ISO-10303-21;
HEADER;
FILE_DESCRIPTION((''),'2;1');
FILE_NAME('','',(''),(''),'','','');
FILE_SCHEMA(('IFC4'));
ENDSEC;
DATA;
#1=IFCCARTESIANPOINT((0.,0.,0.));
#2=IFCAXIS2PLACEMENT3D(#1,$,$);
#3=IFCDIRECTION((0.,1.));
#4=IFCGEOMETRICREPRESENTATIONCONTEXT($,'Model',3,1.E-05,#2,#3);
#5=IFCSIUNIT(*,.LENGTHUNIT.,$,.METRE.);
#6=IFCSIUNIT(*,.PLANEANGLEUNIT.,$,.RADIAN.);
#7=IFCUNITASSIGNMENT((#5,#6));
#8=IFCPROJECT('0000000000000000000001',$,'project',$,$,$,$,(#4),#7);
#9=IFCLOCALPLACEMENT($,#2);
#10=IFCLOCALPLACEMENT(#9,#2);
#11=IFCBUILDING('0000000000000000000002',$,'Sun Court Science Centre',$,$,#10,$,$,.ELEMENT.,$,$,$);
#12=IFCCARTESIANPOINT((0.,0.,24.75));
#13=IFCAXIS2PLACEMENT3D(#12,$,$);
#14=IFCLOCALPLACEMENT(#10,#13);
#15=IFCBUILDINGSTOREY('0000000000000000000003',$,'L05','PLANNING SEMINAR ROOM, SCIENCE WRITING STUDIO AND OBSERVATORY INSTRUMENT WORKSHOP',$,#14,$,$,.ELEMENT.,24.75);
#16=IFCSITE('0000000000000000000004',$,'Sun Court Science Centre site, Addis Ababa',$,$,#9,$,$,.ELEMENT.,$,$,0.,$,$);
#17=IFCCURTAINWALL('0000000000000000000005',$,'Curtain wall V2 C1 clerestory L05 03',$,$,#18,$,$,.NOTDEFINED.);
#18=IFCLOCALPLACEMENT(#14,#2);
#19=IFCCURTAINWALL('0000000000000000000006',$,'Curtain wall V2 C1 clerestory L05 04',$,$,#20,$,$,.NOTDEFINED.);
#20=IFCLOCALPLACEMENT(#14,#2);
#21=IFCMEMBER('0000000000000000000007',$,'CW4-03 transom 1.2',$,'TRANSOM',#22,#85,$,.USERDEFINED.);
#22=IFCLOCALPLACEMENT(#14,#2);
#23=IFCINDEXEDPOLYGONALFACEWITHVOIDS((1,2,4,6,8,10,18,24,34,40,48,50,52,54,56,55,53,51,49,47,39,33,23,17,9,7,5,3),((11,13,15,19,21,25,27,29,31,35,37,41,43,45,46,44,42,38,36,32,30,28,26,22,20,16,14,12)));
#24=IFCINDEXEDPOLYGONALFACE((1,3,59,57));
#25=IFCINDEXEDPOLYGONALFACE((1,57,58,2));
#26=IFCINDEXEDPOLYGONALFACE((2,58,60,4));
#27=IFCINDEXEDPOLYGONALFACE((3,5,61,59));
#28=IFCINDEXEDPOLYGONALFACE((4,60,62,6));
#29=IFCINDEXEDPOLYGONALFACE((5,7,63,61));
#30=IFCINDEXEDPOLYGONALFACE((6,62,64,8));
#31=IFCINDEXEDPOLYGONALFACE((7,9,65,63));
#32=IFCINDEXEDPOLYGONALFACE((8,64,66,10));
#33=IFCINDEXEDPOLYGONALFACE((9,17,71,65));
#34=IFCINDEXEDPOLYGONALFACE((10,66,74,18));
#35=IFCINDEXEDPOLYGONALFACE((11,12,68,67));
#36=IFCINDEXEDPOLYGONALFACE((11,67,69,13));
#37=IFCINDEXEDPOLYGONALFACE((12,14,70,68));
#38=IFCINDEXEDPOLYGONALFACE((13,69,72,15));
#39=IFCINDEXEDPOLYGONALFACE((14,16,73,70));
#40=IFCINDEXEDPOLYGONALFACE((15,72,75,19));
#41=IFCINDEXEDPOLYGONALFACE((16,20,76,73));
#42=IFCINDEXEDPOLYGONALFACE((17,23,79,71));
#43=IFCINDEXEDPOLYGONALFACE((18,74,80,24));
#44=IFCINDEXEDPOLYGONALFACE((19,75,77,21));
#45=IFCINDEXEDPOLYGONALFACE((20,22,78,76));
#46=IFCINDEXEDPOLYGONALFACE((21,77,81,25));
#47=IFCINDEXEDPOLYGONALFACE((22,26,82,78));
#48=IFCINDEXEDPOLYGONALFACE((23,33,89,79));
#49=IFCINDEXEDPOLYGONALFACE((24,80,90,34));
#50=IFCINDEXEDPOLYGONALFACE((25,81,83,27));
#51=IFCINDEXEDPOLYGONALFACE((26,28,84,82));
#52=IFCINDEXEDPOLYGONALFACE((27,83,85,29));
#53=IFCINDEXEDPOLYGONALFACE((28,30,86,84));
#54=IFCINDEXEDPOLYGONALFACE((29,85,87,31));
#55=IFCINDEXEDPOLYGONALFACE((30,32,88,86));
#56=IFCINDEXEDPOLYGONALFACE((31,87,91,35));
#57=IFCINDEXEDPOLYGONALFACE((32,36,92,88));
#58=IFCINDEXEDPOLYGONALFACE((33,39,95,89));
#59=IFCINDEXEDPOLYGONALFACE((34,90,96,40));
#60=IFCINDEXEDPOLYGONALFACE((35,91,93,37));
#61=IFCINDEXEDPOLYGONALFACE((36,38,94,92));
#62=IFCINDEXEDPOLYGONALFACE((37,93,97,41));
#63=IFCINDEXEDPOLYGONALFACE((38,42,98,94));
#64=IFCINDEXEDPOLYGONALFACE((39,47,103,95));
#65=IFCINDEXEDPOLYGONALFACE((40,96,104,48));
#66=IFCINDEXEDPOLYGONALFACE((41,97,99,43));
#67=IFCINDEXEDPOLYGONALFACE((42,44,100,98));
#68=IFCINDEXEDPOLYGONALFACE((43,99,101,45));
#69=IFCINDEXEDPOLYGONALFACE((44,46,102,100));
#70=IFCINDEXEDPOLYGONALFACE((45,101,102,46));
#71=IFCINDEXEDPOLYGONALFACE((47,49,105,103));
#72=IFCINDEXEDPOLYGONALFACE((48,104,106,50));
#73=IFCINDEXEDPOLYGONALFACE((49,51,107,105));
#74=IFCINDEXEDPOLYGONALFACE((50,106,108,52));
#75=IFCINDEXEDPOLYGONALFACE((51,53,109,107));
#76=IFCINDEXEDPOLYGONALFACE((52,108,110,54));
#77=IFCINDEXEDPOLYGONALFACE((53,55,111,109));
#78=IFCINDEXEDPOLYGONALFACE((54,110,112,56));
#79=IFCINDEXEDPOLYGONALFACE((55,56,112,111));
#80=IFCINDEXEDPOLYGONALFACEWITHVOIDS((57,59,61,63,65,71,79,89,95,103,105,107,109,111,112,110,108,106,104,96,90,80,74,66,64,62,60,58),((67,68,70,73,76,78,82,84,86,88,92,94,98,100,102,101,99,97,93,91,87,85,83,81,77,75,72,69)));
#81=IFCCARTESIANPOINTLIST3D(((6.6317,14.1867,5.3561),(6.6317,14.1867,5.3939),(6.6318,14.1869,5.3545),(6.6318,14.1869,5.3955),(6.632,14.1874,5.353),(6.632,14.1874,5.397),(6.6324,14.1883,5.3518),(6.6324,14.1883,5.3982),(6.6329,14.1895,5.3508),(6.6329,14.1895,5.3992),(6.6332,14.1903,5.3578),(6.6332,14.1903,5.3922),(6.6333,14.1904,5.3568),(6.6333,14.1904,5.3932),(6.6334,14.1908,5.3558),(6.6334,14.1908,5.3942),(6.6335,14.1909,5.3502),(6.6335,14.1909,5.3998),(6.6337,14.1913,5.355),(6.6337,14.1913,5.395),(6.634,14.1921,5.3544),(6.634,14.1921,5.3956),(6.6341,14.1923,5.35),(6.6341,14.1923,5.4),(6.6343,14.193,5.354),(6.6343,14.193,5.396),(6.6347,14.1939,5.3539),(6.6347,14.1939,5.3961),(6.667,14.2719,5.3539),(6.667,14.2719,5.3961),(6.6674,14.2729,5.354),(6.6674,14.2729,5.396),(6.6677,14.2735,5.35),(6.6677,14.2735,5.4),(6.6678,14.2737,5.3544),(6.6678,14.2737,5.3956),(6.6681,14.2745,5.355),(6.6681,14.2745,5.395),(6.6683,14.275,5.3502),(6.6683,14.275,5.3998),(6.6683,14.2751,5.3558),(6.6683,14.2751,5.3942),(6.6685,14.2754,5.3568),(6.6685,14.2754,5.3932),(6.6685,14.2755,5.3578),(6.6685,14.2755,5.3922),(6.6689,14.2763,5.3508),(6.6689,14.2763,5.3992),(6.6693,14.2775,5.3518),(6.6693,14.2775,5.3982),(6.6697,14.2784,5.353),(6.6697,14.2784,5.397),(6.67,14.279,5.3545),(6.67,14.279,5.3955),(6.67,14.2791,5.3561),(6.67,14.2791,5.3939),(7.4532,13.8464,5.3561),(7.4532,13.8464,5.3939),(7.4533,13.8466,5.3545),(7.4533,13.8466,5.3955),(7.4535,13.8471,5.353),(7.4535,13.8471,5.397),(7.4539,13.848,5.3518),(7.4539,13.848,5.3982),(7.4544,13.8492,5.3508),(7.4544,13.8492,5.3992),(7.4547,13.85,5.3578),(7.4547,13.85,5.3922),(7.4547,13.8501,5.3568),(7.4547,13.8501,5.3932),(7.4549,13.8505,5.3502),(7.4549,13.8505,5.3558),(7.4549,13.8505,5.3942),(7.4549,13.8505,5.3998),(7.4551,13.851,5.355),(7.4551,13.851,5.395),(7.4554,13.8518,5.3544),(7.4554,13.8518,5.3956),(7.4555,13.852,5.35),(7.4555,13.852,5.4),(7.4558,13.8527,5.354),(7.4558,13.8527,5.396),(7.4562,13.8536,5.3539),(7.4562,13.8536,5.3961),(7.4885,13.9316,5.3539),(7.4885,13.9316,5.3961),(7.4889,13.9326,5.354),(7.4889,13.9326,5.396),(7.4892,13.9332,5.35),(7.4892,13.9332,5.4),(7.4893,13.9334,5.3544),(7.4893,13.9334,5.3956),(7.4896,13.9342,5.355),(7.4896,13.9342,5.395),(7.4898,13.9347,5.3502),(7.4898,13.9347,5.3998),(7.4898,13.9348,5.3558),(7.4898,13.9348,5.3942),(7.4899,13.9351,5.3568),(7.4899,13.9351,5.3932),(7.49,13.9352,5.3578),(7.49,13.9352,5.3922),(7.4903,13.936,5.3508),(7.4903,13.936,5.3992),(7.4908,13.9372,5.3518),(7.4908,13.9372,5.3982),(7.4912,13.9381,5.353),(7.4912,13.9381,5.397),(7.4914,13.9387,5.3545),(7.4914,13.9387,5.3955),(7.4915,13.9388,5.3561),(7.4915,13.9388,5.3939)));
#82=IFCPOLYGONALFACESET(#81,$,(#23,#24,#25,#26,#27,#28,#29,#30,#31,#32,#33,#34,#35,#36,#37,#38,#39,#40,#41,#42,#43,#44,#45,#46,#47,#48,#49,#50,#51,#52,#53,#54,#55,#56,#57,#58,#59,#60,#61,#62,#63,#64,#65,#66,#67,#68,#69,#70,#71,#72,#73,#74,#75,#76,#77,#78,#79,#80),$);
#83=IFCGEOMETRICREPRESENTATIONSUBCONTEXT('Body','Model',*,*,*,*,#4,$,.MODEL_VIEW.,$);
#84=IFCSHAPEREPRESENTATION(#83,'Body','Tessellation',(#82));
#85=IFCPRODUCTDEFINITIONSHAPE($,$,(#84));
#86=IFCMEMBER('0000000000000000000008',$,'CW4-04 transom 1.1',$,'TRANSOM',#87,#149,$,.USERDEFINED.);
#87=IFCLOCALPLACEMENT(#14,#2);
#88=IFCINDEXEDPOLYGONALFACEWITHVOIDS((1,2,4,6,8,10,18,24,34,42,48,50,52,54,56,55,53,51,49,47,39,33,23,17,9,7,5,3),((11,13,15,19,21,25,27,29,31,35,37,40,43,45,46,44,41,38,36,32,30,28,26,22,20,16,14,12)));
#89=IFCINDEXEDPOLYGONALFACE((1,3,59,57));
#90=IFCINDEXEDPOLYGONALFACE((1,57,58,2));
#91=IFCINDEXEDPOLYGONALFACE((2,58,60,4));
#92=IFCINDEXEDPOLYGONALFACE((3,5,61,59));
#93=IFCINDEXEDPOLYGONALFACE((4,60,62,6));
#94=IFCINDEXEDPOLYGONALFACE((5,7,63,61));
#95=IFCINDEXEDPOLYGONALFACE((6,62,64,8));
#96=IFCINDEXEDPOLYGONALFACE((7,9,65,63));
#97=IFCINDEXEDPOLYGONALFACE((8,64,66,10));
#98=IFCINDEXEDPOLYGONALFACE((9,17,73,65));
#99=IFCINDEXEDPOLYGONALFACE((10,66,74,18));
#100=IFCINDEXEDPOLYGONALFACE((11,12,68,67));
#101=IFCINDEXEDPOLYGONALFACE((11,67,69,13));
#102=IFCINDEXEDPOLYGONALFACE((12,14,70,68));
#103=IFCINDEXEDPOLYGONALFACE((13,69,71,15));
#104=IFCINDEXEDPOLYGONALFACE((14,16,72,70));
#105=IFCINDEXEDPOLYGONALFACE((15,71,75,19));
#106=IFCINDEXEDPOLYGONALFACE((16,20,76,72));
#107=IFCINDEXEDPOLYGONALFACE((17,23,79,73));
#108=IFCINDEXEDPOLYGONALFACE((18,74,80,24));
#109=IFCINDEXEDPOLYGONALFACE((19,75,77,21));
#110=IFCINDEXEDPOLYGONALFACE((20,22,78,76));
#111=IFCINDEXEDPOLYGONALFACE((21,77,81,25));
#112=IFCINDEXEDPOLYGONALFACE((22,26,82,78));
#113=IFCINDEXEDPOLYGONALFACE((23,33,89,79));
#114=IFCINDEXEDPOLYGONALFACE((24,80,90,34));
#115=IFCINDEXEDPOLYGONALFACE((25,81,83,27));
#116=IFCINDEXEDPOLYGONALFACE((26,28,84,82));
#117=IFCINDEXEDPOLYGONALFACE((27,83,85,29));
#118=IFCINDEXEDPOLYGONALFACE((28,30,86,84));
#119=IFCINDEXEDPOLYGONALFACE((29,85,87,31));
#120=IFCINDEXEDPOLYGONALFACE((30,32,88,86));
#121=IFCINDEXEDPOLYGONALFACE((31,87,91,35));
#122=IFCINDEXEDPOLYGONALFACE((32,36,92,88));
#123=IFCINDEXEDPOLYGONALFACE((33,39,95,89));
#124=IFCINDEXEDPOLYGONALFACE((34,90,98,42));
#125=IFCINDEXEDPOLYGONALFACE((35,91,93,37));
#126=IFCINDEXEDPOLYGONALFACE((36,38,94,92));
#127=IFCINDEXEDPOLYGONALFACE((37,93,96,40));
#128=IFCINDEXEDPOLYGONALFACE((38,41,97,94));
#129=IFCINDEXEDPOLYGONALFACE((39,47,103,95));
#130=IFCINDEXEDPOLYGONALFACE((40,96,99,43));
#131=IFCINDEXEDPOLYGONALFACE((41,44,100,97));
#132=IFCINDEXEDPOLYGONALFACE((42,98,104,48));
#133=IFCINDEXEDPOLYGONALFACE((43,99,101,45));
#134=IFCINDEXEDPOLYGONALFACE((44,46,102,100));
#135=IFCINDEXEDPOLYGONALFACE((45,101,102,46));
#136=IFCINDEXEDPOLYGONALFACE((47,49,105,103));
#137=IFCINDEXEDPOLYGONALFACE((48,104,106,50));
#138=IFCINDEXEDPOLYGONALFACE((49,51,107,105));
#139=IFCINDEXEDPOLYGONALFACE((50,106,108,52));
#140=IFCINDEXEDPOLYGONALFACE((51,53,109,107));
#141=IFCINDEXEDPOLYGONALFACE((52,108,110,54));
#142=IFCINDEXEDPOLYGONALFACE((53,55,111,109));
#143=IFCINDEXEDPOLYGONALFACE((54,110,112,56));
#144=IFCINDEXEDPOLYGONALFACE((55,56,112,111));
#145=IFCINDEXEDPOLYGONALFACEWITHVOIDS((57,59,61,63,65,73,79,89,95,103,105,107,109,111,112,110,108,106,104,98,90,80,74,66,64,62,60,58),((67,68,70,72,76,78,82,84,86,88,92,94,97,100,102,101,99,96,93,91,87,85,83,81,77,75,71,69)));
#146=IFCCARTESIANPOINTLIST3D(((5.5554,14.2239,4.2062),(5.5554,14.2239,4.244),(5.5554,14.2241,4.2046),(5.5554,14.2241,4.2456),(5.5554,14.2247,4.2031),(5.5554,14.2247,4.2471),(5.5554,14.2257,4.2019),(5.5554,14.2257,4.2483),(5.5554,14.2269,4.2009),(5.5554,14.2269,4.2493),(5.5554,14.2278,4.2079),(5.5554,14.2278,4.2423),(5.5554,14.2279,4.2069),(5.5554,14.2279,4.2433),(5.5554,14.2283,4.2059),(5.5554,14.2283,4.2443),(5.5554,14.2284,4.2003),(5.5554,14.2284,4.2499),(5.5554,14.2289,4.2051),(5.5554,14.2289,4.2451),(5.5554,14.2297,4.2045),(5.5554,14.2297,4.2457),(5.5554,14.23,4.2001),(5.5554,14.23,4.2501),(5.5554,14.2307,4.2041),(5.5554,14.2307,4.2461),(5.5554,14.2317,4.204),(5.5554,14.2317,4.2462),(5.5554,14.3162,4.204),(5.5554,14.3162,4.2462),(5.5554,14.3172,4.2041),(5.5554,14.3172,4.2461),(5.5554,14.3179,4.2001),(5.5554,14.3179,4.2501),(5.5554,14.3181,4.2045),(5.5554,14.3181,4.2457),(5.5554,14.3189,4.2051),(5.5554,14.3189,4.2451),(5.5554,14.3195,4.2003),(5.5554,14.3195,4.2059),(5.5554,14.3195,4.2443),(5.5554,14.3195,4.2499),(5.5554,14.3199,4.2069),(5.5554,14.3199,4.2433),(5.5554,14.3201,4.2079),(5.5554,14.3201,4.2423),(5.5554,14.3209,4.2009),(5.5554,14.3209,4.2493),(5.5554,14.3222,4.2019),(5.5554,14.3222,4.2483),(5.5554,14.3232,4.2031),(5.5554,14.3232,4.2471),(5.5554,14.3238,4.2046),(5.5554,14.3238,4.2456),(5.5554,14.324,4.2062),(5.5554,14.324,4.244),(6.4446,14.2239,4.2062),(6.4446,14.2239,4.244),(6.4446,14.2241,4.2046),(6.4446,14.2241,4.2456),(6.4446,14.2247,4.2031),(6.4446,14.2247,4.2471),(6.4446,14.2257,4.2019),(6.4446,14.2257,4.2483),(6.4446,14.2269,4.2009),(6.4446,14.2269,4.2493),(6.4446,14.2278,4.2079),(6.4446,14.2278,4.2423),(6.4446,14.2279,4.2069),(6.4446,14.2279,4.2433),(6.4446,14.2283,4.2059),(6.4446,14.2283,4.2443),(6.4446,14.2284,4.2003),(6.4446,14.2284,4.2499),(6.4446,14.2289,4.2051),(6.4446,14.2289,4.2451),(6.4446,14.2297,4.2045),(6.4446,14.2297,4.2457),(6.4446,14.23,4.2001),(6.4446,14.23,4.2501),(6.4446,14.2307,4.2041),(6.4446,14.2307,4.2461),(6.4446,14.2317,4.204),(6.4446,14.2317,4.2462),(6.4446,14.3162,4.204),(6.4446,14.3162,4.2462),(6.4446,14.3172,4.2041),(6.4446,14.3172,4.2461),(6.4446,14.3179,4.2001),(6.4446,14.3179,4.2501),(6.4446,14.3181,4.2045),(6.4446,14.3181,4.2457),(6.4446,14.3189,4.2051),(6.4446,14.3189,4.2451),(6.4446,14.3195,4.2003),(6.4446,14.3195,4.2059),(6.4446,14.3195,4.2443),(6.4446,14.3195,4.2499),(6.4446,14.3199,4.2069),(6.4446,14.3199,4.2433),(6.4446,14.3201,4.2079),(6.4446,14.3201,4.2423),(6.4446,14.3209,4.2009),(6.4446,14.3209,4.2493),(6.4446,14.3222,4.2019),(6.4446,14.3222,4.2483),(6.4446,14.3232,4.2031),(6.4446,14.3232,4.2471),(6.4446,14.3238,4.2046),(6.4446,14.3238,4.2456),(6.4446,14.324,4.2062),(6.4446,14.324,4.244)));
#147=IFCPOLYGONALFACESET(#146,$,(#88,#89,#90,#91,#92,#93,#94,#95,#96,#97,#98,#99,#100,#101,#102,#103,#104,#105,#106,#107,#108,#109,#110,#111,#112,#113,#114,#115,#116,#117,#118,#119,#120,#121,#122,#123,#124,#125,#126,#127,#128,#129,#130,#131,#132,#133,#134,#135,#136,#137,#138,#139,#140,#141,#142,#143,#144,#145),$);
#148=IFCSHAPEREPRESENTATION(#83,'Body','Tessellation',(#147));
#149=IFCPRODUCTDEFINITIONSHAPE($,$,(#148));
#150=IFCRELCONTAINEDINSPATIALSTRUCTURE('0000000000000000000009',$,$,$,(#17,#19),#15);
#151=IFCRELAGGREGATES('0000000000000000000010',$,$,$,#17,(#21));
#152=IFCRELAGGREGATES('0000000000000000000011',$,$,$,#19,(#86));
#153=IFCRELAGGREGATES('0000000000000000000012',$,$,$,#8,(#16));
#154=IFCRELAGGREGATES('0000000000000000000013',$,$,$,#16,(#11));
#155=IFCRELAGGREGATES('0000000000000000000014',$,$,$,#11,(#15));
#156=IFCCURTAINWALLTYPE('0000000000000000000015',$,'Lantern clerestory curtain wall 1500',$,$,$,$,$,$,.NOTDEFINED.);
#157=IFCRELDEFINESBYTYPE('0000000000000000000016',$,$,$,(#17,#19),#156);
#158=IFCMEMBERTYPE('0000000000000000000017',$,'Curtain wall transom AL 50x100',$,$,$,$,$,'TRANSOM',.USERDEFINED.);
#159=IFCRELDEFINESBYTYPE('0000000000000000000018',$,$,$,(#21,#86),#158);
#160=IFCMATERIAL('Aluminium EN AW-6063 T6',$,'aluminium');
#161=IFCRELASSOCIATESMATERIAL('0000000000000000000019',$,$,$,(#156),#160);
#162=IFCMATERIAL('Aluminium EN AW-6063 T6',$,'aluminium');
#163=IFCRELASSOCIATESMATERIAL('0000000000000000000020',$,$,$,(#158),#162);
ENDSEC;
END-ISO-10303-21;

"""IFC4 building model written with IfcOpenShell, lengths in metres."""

from ifc_helpers import new_model, si_unit, direction, frame, origin, origin_2d, place, context, subcontext, project, spatial, hollow_rectangle, extrude, material, material_profile, profile_set, type_object, element, aggregate, save


model = new_model("IFC4")

# Units and contexts
model_context = context("Model", 3, precision=1e-05, world=origin(), true_north=direction((0.0, 1.0)))
body_context = subcontext(model_context, "Body", "Model", "MODEL_VIEW")
ifc_project = project(units=[si_unit("LENGTHUNIT", "METRE"), si_unit("PLANEANGLEUNIT", "RADIAN")], contexts=[model_context])

# Site, building, storey
site_placement = place(None, origin())
site = spatial("IfcSite", under=ifc_project, at=site_placement, Name="Sun Court Science Centre site, Addis Ababa", CompositionType="ELEMENT", RefElevation=0.0)
building_placement = place(site_placement, origin())
building = spatial("IfcBuilding", under=site, at=building_placement, Name="Sun Court Science Centre", CompositionType="ELEMENT")
storey_placement = place(building_placement, frame((0.0, 0.0, 24.75)))
storey = spatial("IfcBuildingStorey", under=building, at=storey_placement, Name="L05", Description="PLANNING SEMINAR ROOM, SCIENCE WRITING STUDIO AND OBSERVATORY INSTRUMENT WORKSHOP", CompositionType="ELEMENT", Elevation=24.75)

# Shared definitions
ifc_material_1 = material(Name="Aluminium EN AW-6063 T6", Category="aluminium")
curtain_wall_type = type_object("IfcCurtainWallType", Name="Lantern clerestory curtain wall 1500", PredefinedType="NOTDEFINED", material=ifc_material_1)

# Curtain walls
curtain_wall_1_placement = place(storey_placement, origin())
curtain_wall_1 = element("IfcCurtainWall", 1, at=curtain_wall_1_placement, inside=storey, type_object=curtain_wall_type, Name="Curtain wall V2 C1 clerestory L05 03", PredefinedType="NOTDEFINED")
curtain_wall_2_placement = place(storey_placement, origin())
curtain_wall_2 = element("IfcCurtainWall", 2, at=curtain_wall_2_placement, inside=storey, type_object=curtain_wall_type, Name="Curtain wall V2 C1 clerestory L05 04", PredefinedType="NOTDEFINED")

# Members
ifc_material_2 = material(Name="Aluminium EN AW-6063 T6", Category="aluminium")
ifc_material_profile_1 = material_profile(ifc_material_2, hollow_rectangle(XDim=0.05, YDim=0.1001, WallThickness=0.0039, InnerFilletRadius=0.0039, OuterFilletRadius=0.0061, at=origin_2d()), Name="AL 50x100x4")
ifc_profile_set_1 = profile_set([ifc_material_profile_1], Name="Aluminium EN AW-6063 T6")
member_type_1 = type_object("IfcMemberType", Name="Curtain wall transom AL 50x100", ElementType="TRANSOM", PredefinedType="USERDEFINED", material=ifc_profile_set_1)
member_1_placement = place(storey_placement, frame((6.6509, 14.2329, 5.375), z_axis=(0.923863, -0.382724, 0.0), x_axis=(0.0, 0.0, 1.0)))
member_1 = element("IfcMember", 3, at=member_1_placement, type_object=member_type_1, Name="CW4-03 transom 1.2", ObjectType="TRANSOM", PredefinedType="USERDEFINED", context=body_context, shape_type="SweptSolid", body=[
    extrude(hollow_rectangle(XDim=0.05, YDim=0.1001, WallThickness=0.0039, InnerFilletRadius=0.0039, OuterFilletRadius=0.0061, at=origin_2d()), origin(), (0.0, 0.0, 1.0), 0.8892),
])
member_2_placement = place(storey_placement, frame((5.5554, 14.2739, 4.2251), z_axis=(1.0, 0.0, 0.0), x_axis=(0.0, 0.0, 1.0)))
member_2 = element("IfcMember", 4, at=member_2_placement, type_object=member_type_1, Name="CW4-04 transom 1.1", ObjectType="TRANSOM", PredefinedType="USERDEFINED", context=body_context, shape_type="SweptSolid", body=[
    extrude(hollow_rectangle(XDim=0.05, YDim=0.1001, WallThickness=0.0039, InnerFilletRadius=0.0039, OuterFilletRadius=0.0061, at=origin_2d()), origin(), (0.0, 0.0, 1.0), 0.8892),
])

aggregate(curtain_wall_1, [member_1])
aggregate(curtain_wall_2, [member_2])

save(model, "model.ifc")
